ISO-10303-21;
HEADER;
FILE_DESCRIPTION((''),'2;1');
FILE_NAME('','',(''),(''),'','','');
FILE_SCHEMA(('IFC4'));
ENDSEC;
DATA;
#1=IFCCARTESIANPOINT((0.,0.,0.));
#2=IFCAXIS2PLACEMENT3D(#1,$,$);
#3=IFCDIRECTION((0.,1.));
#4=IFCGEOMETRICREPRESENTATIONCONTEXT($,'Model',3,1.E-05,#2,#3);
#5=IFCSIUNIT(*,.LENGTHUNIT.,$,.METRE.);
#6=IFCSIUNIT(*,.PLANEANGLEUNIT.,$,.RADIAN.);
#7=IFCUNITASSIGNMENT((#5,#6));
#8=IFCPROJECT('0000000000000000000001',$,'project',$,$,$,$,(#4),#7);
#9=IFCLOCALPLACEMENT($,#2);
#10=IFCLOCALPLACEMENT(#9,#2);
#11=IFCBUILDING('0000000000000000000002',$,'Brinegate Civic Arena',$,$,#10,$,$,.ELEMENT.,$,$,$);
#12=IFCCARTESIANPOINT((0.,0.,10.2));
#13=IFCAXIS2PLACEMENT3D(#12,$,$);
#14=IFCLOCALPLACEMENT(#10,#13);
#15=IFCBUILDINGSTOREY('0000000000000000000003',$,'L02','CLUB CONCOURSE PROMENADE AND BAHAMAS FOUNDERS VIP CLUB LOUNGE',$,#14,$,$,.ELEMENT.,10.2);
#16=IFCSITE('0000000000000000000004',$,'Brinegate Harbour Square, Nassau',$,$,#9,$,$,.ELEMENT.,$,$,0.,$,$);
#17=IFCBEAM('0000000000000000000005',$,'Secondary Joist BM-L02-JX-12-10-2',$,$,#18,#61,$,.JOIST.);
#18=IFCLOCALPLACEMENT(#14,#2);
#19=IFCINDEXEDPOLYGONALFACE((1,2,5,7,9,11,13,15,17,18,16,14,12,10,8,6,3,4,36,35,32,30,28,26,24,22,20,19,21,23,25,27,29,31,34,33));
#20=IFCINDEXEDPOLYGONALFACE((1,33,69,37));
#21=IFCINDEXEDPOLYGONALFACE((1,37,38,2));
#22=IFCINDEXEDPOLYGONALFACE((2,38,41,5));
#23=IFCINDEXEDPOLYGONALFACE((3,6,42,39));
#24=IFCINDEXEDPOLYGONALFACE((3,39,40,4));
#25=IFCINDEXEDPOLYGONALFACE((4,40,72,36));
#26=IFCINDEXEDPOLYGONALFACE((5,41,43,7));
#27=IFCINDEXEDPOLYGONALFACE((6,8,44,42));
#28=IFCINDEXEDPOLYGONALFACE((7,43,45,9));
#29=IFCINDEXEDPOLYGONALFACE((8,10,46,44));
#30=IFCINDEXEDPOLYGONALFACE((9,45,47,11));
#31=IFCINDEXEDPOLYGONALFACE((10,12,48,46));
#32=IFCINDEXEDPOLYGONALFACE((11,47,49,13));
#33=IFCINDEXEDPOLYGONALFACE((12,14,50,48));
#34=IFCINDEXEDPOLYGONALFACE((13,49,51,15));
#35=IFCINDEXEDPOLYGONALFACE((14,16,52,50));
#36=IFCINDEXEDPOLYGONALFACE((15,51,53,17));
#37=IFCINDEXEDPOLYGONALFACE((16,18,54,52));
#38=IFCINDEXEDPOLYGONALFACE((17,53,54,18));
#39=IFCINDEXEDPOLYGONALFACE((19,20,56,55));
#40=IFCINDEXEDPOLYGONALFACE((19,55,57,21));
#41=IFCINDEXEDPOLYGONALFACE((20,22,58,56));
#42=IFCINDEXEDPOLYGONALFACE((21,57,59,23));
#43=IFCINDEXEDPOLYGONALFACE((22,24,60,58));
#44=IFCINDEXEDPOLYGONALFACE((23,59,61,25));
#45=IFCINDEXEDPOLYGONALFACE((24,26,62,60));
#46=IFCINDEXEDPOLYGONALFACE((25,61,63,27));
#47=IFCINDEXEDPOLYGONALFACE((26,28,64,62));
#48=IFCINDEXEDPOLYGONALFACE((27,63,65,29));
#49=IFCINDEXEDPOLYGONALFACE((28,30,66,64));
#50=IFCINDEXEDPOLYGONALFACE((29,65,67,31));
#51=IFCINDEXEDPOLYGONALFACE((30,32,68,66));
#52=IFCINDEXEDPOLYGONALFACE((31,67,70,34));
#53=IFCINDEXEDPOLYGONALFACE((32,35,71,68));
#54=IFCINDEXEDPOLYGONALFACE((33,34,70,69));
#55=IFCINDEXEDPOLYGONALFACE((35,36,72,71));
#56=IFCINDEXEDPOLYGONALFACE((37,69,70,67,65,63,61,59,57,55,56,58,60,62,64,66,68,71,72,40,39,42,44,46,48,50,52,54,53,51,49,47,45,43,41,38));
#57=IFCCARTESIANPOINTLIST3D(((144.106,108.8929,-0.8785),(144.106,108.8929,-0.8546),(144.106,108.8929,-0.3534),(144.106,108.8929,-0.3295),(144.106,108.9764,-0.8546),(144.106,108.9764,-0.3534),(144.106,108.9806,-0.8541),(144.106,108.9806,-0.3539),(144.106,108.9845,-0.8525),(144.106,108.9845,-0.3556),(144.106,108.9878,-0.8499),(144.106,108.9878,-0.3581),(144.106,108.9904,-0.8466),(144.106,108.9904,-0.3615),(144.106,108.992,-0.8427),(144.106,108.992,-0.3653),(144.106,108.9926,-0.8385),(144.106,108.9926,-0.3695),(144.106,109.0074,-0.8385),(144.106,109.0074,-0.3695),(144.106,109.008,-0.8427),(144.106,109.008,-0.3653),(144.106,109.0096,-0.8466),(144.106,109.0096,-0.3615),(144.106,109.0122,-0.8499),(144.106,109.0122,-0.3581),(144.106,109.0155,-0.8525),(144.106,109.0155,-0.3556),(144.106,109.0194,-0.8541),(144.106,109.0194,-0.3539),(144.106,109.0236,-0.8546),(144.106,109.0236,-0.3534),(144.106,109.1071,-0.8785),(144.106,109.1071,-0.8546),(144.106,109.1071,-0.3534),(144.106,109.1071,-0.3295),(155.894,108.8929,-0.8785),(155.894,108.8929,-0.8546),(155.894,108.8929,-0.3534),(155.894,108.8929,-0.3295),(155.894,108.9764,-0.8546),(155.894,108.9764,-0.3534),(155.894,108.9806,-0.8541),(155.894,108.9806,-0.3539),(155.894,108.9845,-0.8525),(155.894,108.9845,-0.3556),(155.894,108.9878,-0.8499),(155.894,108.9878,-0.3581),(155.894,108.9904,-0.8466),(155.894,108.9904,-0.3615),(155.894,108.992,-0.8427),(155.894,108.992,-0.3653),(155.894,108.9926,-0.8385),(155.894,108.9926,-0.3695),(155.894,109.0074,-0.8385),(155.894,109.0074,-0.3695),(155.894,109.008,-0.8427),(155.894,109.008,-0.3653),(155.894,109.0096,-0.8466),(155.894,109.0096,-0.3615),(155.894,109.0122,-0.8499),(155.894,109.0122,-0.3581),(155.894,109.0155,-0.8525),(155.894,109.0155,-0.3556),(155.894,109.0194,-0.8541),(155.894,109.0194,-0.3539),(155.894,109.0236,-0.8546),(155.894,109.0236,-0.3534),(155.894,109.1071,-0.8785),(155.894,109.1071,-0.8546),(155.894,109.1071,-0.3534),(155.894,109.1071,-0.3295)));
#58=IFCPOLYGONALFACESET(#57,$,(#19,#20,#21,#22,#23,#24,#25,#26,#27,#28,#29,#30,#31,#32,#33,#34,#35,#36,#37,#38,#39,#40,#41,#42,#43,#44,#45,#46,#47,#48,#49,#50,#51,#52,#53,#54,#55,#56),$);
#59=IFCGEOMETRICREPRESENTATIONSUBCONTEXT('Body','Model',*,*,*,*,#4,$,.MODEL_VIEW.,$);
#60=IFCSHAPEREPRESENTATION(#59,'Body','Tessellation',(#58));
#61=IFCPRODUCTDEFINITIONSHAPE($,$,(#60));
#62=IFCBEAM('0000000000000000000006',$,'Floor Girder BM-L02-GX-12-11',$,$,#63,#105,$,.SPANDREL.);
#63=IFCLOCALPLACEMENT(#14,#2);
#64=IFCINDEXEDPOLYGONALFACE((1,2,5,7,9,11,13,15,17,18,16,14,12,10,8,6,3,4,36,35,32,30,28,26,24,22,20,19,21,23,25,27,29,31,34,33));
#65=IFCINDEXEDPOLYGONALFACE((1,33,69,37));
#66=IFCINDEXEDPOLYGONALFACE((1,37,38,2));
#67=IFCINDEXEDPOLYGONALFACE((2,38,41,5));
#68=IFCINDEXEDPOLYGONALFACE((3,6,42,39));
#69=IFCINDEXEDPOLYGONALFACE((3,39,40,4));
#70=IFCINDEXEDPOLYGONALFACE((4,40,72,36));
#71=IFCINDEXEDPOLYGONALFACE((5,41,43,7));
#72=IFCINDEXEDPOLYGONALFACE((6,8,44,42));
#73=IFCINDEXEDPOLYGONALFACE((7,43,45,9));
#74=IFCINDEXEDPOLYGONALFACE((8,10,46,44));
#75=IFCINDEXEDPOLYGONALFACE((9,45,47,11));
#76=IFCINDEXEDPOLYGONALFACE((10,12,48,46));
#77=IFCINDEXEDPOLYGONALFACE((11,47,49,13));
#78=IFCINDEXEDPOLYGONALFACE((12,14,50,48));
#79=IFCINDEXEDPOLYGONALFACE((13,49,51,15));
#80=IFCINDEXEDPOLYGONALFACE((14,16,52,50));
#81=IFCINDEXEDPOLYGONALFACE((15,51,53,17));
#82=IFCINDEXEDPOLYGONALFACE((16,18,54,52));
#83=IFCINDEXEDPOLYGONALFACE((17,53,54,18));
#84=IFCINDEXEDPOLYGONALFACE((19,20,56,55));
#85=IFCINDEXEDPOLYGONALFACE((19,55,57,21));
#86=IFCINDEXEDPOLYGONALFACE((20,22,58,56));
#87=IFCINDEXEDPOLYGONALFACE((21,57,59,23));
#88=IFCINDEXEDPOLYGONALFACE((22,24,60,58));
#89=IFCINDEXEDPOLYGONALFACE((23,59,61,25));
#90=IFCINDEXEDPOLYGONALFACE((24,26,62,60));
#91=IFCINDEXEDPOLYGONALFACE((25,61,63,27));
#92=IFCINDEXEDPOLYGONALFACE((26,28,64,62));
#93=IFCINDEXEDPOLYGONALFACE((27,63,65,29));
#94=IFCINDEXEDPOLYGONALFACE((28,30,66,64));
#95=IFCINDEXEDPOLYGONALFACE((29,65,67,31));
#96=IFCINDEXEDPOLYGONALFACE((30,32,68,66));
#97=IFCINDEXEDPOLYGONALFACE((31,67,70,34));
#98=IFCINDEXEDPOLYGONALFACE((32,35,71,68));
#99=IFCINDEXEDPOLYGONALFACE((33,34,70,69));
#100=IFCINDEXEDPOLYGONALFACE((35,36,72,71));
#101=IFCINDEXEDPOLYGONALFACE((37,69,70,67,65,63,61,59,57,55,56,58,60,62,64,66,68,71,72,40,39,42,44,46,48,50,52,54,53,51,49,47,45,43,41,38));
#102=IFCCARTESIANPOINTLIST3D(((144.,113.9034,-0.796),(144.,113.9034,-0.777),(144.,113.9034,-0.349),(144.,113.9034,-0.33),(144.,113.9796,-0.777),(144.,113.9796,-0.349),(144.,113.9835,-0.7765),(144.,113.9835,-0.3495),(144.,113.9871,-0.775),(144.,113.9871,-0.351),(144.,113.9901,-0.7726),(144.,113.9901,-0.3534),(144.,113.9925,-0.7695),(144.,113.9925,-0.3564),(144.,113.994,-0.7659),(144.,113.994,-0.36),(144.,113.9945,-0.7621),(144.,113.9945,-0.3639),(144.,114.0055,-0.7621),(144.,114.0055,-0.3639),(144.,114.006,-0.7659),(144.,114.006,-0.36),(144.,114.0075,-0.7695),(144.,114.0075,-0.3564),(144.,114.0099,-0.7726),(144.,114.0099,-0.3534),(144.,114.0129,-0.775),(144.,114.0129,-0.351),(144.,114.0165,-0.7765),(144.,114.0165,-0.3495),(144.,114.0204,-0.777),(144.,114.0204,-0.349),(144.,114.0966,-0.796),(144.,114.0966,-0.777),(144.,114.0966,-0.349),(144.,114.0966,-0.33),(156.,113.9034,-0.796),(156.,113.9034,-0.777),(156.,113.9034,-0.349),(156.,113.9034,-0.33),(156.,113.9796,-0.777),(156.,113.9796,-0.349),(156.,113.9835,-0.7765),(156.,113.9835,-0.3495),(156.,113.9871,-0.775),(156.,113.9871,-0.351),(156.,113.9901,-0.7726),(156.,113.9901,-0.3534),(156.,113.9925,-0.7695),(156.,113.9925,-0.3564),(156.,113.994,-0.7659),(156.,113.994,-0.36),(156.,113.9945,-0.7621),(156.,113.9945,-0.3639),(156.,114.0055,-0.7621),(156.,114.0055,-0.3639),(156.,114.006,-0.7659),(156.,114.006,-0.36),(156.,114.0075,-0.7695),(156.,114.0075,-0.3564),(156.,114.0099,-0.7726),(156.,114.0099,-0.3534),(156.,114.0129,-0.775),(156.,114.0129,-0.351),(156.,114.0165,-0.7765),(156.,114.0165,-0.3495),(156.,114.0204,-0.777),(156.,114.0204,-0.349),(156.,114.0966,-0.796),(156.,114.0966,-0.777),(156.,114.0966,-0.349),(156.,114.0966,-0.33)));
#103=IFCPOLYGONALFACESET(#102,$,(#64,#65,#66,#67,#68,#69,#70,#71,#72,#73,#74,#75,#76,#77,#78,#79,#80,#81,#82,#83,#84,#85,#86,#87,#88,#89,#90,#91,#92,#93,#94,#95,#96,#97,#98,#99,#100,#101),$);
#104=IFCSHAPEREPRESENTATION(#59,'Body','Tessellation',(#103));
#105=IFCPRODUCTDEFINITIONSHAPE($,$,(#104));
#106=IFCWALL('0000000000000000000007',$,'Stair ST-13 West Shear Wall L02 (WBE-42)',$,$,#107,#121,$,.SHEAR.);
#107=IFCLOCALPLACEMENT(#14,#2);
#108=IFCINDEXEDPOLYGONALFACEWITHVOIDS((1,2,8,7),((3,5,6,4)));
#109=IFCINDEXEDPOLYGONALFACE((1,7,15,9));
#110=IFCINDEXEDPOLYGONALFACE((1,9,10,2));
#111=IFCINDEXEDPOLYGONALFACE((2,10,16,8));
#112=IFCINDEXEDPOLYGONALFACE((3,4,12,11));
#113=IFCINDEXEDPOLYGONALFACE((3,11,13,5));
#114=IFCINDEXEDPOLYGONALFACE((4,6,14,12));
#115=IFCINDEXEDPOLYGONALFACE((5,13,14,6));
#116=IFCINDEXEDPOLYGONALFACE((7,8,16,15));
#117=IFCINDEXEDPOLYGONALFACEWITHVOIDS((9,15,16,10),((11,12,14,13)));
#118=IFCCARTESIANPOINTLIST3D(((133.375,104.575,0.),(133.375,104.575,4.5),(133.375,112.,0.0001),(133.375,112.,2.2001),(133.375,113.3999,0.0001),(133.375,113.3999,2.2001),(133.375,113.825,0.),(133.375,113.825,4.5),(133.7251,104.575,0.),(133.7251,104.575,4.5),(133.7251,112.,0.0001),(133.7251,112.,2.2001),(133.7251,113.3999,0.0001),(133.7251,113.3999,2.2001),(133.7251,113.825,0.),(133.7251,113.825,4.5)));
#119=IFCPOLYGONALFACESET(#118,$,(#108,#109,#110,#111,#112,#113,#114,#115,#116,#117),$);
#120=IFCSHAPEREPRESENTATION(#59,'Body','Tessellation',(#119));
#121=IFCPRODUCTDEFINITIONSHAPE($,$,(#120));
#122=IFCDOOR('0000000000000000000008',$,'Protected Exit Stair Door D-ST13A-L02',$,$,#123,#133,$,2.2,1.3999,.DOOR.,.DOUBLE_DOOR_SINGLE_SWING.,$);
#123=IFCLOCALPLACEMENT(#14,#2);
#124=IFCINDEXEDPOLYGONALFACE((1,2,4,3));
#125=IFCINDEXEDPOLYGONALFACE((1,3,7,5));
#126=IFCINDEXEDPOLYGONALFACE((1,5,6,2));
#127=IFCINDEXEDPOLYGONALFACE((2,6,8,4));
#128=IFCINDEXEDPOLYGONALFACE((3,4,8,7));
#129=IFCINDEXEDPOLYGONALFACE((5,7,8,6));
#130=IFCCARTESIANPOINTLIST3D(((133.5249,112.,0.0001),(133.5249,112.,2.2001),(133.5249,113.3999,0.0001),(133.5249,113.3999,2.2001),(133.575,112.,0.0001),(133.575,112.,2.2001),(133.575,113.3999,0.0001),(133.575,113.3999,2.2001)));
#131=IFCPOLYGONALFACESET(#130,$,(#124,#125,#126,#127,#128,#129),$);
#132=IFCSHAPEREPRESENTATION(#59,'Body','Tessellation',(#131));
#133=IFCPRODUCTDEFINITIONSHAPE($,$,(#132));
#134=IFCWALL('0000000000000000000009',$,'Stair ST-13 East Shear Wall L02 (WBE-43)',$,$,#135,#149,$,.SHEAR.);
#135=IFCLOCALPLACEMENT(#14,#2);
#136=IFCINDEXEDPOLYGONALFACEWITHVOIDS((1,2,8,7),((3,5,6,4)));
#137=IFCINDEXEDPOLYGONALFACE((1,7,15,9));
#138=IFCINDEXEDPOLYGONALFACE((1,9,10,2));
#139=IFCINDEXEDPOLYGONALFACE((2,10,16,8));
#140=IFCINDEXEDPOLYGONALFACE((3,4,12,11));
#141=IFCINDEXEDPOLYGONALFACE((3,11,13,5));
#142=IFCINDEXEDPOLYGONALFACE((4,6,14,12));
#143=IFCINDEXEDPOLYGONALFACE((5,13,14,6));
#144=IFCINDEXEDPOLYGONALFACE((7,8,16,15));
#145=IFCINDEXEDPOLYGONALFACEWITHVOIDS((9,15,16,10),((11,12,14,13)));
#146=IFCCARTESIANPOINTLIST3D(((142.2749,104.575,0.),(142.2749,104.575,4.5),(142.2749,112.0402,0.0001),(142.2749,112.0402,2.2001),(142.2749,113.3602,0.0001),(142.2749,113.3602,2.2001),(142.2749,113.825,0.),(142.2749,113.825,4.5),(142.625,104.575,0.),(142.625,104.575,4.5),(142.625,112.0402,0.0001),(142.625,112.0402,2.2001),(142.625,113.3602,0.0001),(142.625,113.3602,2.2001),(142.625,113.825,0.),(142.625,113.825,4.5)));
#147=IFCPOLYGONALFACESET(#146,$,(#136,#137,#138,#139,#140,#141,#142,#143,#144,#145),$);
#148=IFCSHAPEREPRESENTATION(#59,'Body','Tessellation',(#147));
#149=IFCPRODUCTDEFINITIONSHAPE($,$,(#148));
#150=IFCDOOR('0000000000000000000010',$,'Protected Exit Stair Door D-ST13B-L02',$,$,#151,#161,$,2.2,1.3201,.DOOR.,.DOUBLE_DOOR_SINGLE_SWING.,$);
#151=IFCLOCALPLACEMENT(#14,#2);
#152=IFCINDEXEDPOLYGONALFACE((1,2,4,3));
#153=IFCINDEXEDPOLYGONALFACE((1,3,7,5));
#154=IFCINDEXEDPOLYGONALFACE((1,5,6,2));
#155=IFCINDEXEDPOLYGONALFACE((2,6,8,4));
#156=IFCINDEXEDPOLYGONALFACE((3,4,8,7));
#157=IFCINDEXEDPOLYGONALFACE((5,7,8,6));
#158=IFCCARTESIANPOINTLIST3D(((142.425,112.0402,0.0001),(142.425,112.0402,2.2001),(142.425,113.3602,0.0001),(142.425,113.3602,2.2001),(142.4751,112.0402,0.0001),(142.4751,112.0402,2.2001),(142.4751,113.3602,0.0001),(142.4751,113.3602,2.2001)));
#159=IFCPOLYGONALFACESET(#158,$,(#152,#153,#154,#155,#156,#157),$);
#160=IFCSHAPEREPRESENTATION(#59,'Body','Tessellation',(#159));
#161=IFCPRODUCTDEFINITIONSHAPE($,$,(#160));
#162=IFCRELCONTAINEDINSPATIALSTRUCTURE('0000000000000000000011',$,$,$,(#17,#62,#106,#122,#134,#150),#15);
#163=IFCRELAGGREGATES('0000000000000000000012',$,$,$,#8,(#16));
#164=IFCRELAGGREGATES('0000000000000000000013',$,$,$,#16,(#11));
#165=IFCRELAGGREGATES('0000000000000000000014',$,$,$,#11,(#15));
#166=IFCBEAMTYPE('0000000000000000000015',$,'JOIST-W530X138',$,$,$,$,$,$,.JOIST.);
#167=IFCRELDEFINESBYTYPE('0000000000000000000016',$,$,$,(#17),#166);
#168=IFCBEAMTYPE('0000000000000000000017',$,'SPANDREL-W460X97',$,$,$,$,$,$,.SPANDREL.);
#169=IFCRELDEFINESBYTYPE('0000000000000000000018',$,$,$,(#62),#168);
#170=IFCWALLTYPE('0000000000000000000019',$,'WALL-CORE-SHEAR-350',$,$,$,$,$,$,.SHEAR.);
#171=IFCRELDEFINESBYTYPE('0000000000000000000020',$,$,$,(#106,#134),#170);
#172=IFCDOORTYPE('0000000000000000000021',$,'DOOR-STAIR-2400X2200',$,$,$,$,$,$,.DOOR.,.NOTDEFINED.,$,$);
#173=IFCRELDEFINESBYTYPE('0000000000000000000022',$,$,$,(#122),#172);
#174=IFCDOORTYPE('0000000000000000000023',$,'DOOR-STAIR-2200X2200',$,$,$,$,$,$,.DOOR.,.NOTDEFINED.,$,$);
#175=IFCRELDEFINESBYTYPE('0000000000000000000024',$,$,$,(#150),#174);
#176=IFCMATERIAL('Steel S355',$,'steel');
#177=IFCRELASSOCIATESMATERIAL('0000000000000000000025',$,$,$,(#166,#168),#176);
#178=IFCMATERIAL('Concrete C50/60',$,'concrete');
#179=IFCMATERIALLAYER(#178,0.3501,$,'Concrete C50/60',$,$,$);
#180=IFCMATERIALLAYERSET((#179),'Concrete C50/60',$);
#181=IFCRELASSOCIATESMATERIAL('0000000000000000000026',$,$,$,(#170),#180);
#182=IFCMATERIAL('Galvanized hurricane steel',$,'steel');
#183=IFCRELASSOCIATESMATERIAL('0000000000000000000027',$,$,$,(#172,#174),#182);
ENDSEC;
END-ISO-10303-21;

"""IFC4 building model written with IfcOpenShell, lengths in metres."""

from ifc_helpers import new_model, si_unit, direction, frame, frame_2d, origin, origin_2d, place, context, subcontext, project, spatial, rectangle, i_section, extrude, material, layer, layer_set, material_profile, profile_set, type_object, element, fill, save


model = new_model("IFC4")

# Units and contexts
model_context = context("Model", 3, precision=1e-05, world=origin(), true_north=direction((0.0, 1.0)))
body_context = subcontext(model_context, "Body", "Model", "MODEL_VIEW")
ifc_project = project(units=[si_unit("LENGTHUNIT", "METRE"), si_unit("PLANEANGLEUNIT", "RADIAN")], contexts=[model_context])

# Site, building, storey
site_placement = place(None, origin())
site = spatial("IfcSite", under=ifc_project, at=site_placement, Name="Brinegate Harbour Square, Nassau", CompositionType="ELEMENT", RefElevation=0.0)
building_placement = place(site_placement, origin())
building = spatial("IfcBuilding", under=site, at=building_placement, Name="Brinegate Civic Arena", CompositionType="ELEMENT")
storey_placement = place(building_placement, frame((0.0, 0.0, 10.2)))
storey = spatial("IfcBuildingStorey", under=building, at=storey_placement, Name="L02", Description="CLUB CONCOURSE PROMENADE AND BAHAMAS FOUNDERS VIP CLUB LOUNGE", CompositionType="ELEMENT", Elevation=10.2)

# Shared definitions
ifc_material_1 = material(Name="Concrete C50/60", Category="concrete")

# Beams
ifc_material_2 = material(Name="Steel S355", Category="steel")
ifc_material_profile_1 = material_profile(ifc_material_2, i_section(OverallWidth=0.2141, OverallDepth=0.5491, WebThickness=0.0149, FlangeThickness=0.0239, FilletRadius=0.0161, at=origin_2d()), Name="W530X138")
ifc_profile_set_1 = profile_set([ifc_material_profile_1], Name="Steel S355")
beam_type_1 = type_object("IfcBeamType", Name="JOIST-W530X138", PredefinedType="JOIST", material=ifc_profile_set_1)
beam_1_placement = place(storey_placement, frame((144.106, 109.0, -0.604), z_axis=(1.0, 0.0, 0.0), x_axis=(0.0, 1.0, 0.0)))
element("IfcBeam", 1, at=beam_1_placement, inside=storey, type_object=beam_type_1, Name="Secondary Joist BM-L02-JX-12-10-2", PredefinedType="JOIST", context=body_context, shape_type="SweptSolid", body=[
    extrude(i_section(OverallWidth=0.2141, OverallDepth=0.5491, WebThickness=0.0149, FlangeThickness=0.0239, FilletRadius=0.0161, at=origin_2d()), origin(), (0.0, 0.0, 1.0), 11.7881),
])
ifc_material_profile_2 = material_profile(ifc_material_2, i_section(OverallWidth=0.1931, OverallDepth=0.4661, WebThickness=0.011, FlangeThickness=0.019, FilletRadius=0.0149, at=origin_2d()), Name="W460X97")
ifc_profile_set_2 = profile_set([ifc_material_profile_2], Name="Steel S355")
beam_type_2 = type_object("IfcBeamType", Name="SPANDREL-W460X97", PredefinedType="SPANDREL", material=ifc_profile_set_2)
beam_2_placement = place(storey_placement, frame((144.0, 114.0, -0.563), z_axis=(1.0, 0.0, 0.0), x_axis=(0.0, 1.0, 0.0)))
element("IfcBeam", 2, at=beam_2_placement, inside=storey, type_object=beam_type_2, Name="Floor Girder BM-L02-GX-12-11", PredefinedType="SPANDREL", context=body_context, shape_type="SweptSolid", body=[
    extrude(i_section(OverallWidth=0.1931, OverallDepth=0.4661, WebThickness=0.011, FlangeThickness=0.019, FilletRadius=0.0149, at=origin_2d()), origin(), (0.0, 0.0, 1.0), 12.0),
])

# Walls, openings, doors
ifc_layer_1 = layer(ifc_material_1, 0.3501, Name="Concrete C50/60")
ifc_layer_set_1 = layer_set([ifc_layer_1], Name="Concrete C50/60")
wall_type_1 = type_object("IfcWallType", Name="WALL-CORE-SHEAR-350", PredefinedType="SHEAR", material=ifc_layer_set_1)
wall_1_placement = place(storey_placement, frame((133.55, 104.575, 0.0), z_axis=(0.0, 0.0, 1.0), x_axis=(0.0, 1.0, 0.0)))
wall_1 = element("IfcWall", 3, at=wall_1_placement, inside=storey, type_object=wall_type_1, Name="Stair ST-13 West Shear Wall L02 (WBE-42)", PredefinedType="SHEAR", context=body_context, shape_type="SweptSolid", body=[
    extrude(rectangle(XDim=9.25, YDim=0.3501, at=frame_2d((4.625, 0.0))), origin(), (0.0, 0.0, 1.0), 4.5),
])
opening_1_placement = place(wall_1_placement, frame((7.425, 0.0, 0.0)))
opening_1 = element("IfcOpeningElement", 4, at=opening_1_placement, cuts=wall_1, PredefinedType="OPENING", context=body_context, shape_type="SweptSolid", body=[
    extrude(rectangle(XDim=1.3999, YDim=2.2, at=frame_2d((0.7, 1.1001))), frame((0.0, 0.1851, 0.0), z_axis=(0.0, -1.0, 0.0), x_axis=(1.0, 0.0, 0.0)), (0.0, 0.0, 1.0), 0.3701),
])
ifc_material_3 = material(Name="Galvanized hurricane steel", Category="steel")
door_type_1 = type_object("IfcDoorType", Name="DOOR-STAIR-2400X2200", OperationType="NOTDEFINED", PredefinedType="DOOR", material=ifc_material_3)
door_1_placement = place(opening_1_placement, frame((1.3999, 0.0, 0.0), z_axis=(0.0, 0.0, 1.0), x_axis=(-1.0, 0.0, 0.0)))
door_1 = element("IfcDoor", 5, at=door_1_placement, inside=storey, type_object=door_type_1, Name="Protected Exit Stair Door D-ST13A-L02", OperationType="DOUBLE_DOOR_SINGLE_SWING", OverallHeight=2.2, OverallWidth=1.3999, PredefinedType="DOOR", context=body_context, shape_type="SweptSolid", body=[
    extrude(rectangle(XDim=1.3999, YDim=2.2, at=frame_2d((0.7, 1.1001))), frame((0.0, 0.0249, 0.0), z_axis=(0.0, -1.0, 0.0), x_axis=(1.0, 0.0, 0.0)), (0.0, 0.0, 1.0), 0.05),
])
fill(opening_1, door_1)
wall_2_placement = place(storey_placement, frame((142.45, 104.575, 0.0), z_axis=(0.0, 0.0, 1.0), x_axis=(0.0, 1.0, 0.0)))
wall_2 = element("IfcWall", 6, at=wall_2_placement, inside=storey, type_object=wall_type_1, Name="Stair ST-13 East Shear Wall L02 (WBE-43)", PredefinedType="SHEAR", context=body_context, shape_type="SweptSolid", body=[
    extrude(rectangle(XDim=9.25, YDim=0.3501, at=frame_2d((4.625, 0.0))), origin(), (0.0, 0.0, 1.0), 4.5),
])
opening_2_placement = place(wall_2_placement, frame((7.4651, 0.0, 0.0)))
opening_2 = element("IfcOpeningElement", 7, at=opening_2_placement, cuts=wall_2, PredefinedType="OPENING", context=body_context, shape_type="SweptSolid", body=[
    extrude(rectangle(XDim=1.3201, YDim=2.2, at=frame_2d((0.6602, 1.1001))), frame((0.0, 0.1851, 0.0), z_axis=(0.0, -1.0, 0.0), x_axis=(1.0, 0.0, 0.0)), (0.0, 0.0, 1.0), 0.3701),
])
door_type_2 = type_object("IfcDoorType", Name="DOOR-STAIR-2200X2200", OperationType="NOTDEFINED", PredefinedType="DOOR", material=ifc_material_3)
door_2_placement = place(opening_2_placement, origin())
door_2 = element("IfcDoor", 8, at=door_2_placement, inside=storey, type_object=door_type_2, Name="Protected Exit Stair Door D-ST13B-L02", OperationType="DOUBLE_DOOR_SINGLE_SWING", OverallHeight=2.2, OverallWidth=1.3201, PredefinedType="DOOR", context=body_context, shape_type="SweptSolid", body=[
    extrude(rectangle(XDim=1.3201, YDim=2.2, at=frame_2d((0.6602, 1.1001))), frame((0.0, 0.0249, 0.0), z_axis=(0.0, -1.0, 0.0), x_axis=(1.0, 0.0, 0.0)), (0.0, 0.0, 1.0), 0.05),
])
fill(opening_2, door_2)

save(model, "model.ifc")
